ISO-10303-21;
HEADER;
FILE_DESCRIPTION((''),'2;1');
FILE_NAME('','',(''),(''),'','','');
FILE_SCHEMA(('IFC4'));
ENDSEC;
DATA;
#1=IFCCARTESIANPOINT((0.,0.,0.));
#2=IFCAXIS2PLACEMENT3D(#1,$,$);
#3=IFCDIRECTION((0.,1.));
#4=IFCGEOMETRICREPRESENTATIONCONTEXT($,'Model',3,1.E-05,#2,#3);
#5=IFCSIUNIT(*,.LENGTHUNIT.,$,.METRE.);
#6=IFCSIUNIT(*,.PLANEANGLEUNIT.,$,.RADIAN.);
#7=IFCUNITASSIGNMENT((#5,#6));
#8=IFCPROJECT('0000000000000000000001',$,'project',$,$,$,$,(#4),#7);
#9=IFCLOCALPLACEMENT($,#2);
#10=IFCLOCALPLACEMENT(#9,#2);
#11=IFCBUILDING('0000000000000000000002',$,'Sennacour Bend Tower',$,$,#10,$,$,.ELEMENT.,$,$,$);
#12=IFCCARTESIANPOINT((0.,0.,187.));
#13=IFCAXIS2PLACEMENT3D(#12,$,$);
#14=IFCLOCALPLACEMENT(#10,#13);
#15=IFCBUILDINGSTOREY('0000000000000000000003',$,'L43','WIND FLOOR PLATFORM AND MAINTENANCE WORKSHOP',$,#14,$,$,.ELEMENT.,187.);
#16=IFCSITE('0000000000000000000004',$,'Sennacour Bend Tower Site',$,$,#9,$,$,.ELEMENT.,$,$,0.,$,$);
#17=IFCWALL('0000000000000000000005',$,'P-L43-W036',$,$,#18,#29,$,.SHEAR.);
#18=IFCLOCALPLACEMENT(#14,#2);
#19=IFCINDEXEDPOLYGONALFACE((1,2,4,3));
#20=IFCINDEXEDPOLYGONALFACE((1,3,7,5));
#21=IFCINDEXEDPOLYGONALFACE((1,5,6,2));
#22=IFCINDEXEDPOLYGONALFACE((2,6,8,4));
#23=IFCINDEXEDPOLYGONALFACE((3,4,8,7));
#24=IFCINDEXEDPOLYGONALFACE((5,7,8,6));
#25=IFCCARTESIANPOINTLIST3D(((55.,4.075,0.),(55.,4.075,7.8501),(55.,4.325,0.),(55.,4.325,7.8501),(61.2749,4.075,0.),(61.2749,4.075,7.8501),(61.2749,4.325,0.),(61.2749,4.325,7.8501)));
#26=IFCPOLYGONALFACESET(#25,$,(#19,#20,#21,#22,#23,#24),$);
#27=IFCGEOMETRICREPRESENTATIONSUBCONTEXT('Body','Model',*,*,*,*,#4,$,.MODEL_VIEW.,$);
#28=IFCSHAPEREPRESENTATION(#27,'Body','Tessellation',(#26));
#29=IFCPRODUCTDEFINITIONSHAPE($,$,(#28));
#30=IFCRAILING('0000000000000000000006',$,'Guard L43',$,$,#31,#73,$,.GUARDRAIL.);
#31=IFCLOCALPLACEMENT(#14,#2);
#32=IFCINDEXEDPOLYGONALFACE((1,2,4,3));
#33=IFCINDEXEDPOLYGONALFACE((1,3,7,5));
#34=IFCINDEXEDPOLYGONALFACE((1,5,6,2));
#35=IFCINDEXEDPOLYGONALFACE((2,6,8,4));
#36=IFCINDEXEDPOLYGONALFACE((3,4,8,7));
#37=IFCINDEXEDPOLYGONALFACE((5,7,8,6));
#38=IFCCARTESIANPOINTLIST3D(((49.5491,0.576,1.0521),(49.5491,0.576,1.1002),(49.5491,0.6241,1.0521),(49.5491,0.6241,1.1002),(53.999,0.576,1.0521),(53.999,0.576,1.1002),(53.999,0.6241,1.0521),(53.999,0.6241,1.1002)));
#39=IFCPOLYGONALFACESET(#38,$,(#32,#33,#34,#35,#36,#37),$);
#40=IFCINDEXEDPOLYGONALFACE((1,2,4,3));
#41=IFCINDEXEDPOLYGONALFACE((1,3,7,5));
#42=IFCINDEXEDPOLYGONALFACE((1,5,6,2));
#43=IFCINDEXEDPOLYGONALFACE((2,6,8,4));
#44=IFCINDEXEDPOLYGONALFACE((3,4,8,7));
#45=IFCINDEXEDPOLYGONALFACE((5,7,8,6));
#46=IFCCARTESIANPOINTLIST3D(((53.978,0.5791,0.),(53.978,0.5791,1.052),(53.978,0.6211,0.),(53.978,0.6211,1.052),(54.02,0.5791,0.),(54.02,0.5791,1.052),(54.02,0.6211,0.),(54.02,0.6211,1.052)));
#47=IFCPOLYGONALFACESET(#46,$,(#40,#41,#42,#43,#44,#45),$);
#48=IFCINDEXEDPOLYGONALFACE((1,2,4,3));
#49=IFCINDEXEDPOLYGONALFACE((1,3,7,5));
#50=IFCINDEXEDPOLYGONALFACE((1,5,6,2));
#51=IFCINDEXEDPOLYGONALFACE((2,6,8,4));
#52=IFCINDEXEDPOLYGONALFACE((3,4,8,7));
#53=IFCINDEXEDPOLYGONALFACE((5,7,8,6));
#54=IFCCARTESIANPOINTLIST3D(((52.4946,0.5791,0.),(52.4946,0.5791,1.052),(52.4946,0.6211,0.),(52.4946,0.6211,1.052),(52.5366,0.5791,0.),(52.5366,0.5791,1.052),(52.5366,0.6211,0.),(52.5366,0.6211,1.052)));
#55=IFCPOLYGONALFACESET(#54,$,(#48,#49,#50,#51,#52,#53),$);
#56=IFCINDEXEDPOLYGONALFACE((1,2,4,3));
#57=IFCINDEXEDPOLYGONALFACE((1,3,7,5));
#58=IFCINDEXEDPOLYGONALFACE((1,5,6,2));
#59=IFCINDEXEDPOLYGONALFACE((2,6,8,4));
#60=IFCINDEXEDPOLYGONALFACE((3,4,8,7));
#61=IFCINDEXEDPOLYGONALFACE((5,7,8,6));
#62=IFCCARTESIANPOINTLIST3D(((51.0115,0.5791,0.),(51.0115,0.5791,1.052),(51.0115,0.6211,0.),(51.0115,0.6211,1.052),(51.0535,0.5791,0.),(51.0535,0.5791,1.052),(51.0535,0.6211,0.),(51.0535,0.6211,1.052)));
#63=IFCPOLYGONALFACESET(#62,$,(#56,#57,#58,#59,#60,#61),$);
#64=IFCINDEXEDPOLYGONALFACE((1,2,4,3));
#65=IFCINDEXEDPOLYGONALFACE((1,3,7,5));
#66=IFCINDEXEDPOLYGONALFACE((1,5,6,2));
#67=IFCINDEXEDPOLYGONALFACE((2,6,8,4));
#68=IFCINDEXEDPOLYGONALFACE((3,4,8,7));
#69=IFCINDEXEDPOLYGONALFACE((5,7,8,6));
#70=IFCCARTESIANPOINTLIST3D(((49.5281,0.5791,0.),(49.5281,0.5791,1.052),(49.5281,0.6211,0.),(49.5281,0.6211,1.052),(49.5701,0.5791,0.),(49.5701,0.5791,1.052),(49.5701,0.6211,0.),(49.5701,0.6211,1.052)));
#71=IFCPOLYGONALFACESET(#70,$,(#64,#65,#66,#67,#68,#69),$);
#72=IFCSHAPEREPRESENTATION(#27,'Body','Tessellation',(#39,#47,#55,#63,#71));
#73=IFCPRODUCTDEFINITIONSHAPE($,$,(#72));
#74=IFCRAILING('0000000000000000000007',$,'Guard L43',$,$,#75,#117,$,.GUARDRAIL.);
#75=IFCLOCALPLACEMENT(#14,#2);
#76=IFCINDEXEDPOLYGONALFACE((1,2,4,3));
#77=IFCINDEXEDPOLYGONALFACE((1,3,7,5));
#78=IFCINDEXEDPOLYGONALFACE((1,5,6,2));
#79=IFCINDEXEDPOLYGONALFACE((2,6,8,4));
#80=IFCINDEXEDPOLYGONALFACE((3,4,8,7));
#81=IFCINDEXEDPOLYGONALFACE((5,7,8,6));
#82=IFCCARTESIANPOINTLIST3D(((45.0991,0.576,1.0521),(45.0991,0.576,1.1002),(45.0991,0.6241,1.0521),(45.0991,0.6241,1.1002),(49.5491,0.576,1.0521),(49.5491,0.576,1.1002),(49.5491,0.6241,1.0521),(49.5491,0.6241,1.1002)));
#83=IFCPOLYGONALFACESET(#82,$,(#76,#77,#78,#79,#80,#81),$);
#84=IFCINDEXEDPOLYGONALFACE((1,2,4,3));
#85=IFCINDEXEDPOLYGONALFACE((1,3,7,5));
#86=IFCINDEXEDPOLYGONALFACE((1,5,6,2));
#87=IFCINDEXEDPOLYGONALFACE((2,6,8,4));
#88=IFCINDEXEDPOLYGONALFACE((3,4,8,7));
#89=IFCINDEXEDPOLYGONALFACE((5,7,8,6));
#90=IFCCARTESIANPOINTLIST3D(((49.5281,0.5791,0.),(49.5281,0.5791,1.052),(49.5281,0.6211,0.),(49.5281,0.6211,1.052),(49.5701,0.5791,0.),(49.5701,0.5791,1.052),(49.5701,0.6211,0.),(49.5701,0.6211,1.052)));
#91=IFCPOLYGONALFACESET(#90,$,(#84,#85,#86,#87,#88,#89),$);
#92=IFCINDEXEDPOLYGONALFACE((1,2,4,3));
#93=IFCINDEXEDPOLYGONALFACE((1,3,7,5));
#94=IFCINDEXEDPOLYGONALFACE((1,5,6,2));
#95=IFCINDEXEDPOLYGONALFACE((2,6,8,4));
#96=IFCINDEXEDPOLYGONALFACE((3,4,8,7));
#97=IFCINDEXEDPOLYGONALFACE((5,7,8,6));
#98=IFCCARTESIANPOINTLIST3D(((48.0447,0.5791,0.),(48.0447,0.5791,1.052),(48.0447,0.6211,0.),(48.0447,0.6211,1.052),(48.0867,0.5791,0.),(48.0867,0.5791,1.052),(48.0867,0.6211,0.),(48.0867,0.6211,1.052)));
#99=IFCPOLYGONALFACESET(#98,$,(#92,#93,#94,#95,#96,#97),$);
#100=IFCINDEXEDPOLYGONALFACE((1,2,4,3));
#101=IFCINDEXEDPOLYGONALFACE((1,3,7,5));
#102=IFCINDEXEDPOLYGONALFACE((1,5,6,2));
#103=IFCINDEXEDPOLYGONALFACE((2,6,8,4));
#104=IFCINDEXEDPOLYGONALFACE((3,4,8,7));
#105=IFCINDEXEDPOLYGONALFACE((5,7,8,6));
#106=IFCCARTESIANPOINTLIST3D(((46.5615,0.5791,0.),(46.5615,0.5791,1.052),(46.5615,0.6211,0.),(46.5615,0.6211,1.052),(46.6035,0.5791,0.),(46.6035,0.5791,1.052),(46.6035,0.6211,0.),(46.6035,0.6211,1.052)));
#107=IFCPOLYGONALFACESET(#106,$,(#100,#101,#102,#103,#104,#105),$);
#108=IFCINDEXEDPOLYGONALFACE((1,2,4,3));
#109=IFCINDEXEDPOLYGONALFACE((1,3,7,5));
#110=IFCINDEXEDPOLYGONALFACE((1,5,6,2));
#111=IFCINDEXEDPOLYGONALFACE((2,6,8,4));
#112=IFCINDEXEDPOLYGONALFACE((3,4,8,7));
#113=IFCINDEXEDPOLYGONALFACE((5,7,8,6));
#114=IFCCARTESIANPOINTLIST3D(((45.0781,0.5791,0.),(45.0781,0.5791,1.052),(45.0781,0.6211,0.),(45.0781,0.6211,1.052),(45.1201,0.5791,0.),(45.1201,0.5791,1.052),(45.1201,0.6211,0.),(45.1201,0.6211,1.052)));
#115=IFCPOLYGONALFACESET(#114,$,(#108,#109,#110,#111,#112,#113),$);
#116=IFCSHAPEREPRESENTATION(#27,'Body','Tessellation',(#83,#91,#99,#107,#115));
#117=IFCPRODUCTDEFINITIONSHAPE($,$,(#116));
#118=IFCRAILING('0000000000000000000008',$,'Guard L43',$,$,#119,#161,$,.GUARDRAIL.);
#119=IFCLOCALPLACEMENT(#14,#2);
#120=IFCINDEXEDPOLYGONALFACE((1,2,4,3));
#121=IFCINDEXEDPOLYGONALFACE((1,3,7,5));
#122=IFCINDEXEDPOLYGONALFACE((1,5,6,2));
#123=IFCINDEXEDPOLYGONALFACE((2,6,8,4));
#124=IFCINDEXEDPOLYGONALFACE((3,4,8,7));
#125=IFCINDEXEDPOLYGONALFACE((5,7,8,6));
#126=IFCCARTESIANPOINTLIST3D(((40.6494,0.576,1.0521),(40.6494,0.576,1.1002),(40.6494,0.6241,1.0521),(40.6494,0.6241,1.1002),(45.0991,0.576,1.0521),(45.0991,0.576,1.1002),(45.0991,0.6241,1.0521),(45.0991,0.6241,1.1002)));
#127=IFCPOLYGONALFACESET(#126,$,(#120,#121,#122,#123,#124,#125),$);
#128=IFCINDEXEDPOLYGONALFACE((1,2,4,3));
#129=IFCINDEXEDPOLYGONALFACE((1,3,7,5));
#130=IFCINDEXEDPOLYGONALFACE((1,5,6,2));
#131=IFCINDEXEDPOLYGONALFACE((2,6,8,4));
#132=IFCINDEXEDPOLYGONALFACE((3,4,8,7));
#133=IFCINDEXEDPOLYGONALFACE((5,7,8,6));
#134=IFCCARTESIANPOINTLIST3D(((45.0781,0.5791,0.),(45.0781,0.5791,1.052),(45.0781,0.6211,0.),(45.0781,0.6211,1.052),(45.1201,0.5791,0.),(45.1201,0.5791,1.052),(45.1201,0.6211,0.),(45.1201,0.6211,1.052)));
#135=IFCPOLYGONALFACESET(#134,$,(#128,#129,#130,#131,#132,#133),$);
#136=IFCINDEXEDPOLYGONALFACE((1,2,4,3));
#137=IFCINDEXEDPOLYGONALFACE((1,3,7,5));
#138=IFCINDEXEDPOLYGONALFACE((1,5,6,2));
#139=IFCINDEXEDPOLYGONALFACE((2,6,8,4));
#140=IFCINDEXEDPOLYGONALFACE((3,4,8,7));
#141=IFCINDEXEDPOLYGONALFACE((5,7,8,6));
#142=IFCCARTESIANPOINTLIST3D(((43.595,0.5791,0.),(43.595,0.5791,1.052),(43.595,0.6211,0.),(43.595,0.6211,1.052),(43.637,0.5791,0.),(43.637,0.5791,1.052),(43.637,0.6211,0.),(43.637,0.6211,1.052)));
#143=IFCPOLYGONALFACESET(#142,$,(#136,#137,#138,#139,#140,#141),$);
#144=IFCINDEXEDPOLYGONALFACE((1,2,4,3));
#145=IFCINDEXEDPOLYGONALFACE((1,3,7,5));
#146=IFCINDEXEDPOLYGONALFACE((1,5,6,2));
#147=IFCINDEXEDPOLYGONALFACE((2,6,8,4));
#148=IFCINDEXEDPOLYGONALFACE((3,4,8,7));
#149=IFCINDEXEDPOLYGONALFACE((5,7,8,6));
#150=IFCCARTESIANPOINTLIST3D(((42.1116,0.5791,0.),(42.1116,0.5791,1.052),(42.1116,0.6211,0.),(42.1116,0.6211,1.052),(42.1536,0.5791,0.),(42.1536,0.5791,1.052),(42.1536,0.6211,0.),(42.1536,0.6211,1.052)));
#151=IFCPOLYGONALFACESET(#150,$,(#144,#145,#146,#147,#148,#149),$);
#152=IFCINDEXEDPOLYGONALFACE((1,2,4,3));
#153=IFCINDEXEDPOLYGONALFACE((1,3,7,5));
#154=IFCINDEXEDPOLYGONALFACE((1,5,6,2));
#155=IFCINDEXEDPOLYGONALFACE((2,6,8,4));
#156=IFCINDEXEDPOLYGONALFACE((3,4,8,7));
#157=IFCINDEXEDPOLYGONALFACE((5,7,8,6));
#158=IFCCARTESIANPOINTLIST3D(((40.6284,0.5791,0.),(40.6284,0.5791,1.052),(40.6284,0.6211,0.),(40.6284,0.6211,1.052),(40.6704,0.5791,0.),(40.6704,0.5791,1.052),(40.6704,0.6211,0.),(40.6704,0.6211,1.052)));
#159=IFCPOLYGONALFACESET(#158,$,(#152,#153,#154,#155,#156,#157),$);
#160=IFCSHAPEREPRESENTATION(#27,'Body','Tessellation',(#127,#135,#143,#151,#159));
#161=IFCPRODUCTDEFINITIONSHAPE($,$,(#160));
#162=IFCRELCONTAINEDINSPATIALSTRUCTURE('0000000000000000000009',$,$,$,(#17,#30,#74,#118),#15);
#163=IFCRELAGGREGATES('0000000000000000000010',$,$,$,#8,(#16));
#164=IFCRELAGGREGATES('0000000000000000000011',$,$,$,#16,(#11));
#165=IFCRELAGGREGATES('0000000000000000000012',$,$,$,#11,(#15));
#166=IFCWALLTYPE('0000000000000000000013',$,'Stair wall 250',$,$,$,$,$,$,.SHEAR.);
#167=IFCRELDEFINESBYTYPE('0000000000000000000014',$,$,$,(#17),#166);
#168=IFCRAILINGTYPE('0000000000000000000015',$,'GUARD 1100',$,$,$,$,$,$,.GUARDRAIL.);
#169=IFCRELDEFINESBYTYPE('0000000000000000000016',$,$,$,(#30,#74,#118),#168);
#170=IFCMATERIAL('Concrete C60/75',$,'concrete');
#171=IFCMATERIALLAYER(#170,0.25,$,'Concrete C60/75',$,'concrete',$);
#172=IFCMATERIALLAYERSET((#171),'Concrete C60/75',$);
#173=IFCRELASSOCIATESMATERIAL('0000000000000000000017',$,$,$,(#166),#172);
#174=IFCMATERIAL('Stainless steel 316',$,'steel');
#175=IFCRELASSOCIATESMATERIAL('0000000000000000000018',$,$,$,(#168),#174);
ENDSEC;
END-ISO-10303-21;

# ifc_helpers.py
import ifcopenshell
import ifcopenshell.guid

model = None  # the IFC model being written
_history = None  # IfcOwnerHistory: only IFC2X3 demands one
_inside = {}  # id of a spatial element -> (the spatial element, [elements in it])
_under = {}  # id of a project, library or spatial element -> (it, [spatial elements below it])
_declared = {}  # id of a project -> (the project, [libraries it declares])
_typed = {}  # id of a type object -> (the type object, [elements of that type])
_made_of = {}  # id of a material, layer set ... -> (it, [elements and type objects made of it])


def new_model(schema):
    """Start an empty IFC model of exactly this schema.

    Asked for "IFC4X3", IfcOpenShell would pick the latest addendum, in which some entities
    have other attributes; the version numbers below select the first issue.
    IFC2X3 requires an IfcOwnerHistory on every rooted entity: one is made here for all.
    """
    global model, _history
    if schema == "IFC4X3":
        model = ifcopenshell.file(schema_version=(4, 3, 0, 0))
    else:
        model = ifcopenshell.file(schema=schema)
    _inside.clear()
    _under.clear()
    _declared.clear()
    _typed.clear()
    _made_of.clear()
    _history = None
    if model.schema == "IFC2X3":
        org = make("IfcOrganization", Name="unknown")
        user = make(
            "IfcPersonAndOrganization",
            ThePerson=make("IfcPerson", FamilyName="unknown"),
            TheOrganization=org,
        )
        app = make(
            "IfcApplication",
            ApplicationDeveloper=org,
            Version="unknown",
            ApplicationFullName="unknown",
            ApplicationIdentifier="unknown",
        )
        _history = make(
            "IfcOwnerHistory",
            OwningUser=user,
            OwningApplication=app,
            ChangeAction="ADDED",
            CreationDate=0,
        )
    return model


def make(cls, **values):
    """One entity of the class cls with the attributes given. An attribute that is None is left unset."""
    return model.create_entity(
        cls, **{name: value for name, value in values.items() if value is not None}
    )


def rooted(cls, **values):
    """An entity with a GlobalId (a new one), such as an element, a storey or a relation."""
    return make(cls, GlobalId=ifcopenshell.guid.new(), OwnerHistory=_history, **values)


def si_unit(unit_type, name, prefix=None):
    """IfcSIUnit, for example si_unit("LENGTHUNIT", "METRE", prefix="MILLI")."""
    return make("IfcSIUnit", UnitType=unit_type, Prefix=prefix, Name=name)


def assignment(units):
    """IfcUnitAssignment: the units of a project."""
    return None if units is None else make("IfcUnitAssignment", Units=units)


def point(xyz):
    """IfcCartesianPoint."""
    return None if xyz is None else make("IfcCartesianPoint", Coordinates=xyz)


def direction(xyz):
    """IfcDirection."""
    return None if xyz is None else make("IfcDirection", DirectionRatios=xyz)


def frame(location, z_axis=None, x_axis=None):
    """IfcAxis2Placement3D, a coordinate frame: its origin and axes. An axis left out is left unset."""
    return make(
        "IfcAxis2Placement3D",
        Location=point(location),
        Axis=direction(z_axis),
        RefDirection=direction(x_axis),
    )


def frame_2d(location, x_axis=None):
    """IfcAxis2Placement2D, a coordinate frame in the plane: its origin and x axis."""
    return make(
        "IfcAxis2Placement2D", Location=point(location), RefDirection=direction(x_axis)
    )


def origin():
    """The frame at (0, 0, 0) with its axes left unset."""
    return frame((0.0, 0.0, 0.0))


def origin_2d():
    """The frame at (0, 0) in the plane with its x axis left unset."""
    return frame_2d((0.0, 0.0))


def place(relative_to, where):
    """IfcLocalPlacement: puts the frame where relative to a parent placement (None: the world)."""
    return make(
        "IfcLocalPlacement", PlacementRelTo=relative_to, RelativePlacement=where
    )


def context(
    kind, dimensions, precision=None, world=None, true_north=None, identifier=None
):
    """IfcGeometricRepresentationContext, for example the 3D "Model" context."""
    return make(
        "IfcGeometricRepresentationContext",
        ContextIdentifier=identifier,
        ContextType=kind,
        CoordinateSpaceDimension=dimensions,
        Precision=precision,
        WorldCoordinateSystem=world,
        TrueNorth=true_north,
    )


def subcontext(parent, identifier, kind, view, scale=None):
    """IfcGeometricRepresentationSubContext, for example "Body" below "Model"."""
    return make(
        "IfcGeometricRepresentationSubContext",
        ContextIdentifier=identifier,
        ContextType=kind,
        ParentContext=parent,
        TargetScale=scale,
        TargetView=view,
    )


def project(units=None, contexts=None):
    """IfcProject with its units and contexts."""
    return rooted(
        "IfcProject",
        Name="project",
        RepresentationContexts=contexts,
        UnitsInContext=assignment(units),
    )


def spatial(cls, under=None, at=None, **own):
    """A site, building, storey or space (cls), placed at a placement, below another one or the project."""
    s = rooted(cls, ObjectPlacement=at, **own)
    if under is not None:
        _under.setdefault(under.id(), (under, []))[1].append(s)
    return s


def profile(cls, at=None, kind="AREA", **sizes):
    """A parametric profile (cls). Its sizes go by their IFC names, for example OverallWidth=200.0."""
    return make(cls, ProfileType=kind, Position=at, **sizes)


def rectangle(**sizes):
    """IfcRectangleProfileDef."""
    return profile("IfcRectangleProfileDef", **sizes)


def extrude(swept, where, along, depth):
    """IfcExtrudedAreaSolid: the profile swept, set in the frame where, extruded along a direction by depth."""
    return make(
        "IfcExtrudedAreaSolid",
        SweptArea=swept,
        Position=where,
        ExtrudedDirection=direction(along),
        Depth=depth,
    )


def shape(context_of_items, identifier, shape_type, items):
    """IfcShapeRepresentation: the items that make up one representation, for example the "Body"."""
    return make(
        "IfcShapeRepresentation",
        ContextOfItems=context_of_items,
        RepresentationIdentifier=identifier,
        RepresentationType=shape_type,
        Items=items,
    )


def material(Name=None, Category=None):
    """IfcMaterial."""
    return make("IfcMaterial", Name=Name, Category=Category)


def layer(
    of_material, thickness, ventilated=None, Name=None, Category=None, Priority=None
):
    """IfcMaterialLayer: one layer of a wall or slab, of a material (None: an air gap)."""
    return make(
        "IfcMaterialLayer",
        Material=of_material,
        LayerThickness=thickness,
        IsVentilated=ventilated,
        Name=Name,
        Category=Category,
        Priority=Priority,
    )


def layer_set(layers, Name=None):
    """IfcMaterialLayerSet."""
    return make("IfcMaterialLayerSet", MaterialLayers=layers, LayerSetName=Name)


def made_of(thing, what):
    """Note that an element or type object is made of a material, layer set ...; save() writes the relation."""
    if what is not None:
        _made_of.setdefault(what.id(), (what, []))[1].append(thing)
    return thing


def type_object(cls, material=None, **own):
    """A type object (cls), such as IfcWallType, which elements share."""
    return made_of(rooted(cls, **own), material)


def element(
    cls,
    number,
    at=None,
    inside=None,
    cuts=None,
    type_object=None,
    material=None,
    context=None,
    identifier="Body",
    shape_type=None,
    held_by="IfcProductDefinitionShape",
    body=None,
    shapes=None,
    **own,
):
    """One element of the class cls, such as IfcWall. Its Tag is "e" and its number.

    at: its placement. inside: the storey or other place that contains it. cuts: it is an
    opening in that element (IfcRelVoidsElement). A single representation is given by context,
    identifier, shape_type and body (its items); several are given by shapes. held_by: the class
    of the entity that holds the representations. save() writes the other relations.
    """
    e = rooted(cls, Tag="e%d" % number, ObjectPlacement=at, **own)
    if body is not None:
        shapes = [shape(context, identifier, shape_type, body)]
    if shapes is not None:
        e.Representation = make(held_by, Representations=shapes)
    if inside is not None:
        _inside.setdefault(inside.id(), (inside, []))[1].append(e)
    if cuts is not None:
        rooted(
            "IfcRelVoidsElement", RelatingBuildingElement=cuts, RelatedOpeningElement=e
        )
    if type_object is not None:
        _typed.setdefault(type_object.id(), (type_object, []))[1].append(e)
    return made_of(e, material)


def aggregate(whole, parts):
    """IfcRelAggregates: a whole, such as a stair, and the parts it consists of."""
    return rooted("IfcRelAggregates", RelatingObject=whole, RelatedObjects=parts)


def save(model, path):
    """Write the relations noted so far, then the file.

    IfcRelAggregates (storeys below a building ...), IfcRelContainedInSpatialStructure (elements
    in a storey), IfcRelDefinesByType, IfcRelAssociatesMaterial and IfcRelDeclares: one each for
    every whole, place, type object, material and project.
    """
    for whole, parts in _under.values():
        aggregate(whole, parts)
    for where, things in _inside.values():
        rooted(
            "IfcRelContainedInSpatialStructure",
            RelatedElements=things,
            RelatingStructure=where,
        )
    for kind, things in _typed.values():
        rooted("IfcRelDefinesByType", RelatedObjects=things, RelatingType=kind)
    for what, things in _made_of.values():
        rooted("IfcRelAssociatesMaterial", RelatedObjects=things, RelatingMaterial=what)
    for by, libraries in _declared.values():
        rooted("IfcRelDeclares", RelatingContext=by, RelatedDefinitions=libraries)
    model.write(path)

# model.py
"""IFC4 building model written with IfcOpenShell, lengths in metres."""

from ifc_helpers import new_model, si_unit, direction, frame, frame_2d, origin, origin_2d, place, context, subcontext, project, spatial, rectangle, extrude, material, layer, layer_set, type_object, element, save


model = new_model("IFC4")

# Units and contexts
model_context = context("Model", 3, precision=1e-05, world=origin(), true_north=direction((0.0, 1.0)))
body_context = subcontext(model_context, "Body", "Model", "MODEL_VIEW")
ifc_project = project(units=[si_unit("LENGTHUNIT", "METRE"), si_unit("PLANEANGLEUNIT", "RADIAN")], contexts=[model_context])

# Site, building, storey
site_placement = place(None, origin())
site = spatial("IfcSite", under=ifc_project, at=site_placement, Name="Sennacour Bend Tower Site", CompositionType="ELEMENT", RefElevation=0.0)
building_placement = place(site_placement, origin())
building = spatial("IfcBuilding", under=site, at=building_placement, Name="Sennacour Bend Tower", CompositionType="ELEMENT")
storey_placement = place(building_placement, frame((0.0, 0.0, 187.0)))
storey = spatial("IfcBuildingStorey", under=building, at=storey_placement, Name="L43", Description="WIND FLOOR PLATFORM AND MAINTENANCE WORKSHOP", CompositionType="ELEMENT", Elevation=187.0)

# Shared definitions
ifc_material_1 = material(Name="Concrete C60/75", Category="concrete")

# Wall
ifc_layer_1 = layer(ifc_material_1, 0.25, Name="Concrete C60/75", Category="concrete")
ifc_layer_set_1 = layer_set([ifc_layer_1], Name="Concrete C60/75")
wall_type_1 = type_object("IfcWallType", Name="Stair wall 250", PredefinedType="SHEAR", material=ifc_layer_set_1)
wall_1_placement = place(storey_placement, frame((55.0, 4.2, 0.0), z_axis=(0.0, 0.0, 1.0), x_axis=(1.0, 0.0, 0.0)))
element("IfcWall", 1, at=wall_1_placement, inside=storey, type_object=wall_type_1, Name="P-L43-W036", PredefinedType="SHEAR", context=body_context, shape_type="SweptSolid", body=[
    extrude(rectangle(XDim=6.2749, YDim=0.25, at=frame_2d((3.1375, 0.0))), origin(), (0.0, 0.0, 1.0), 7.8501),
])

# Railings
ifc_material_2 = material(Name="Stainless steel 316", Category="steel")
railing_type = type_object("IfcRailingType", Name="GUARD 1100", PredefinedType="GUARDRAIL", material=ifc_material_2)
for number, where, name in (
    (2, (53.999, 0.6001, 0.0), "Guard L43"),
    (3, (49.5491, 0.6001, 0.0), "Guard L43"),
):
    element("IfcRailing", number, at=place(storey_placement, frame(where)), inside=storey, type_object=railing_type, Name=name, PredefinedType="GUARDRAIL", context=body_context, shape_type="SweptSolid", body=[
        extrude(rectangle(XDim=0.0481, YDim=0.0481, at=origin_2d()), frame((0.0, 0.0, 1.0762), z_axis=(-1.0, 0.0, 0.0), x_axis=(0.0, -1.0, 0.0)), (0.0, 0.0, 1.0), 4.45),
        extrude(rectangle(XDim=0.042, YDim=0.042, at=origin_2d()), origin(), (0.0, 0.0, 1.0), 1.052),
        extrude(rectangle(XDim=0.042, YDim=0.042, at=origin_2d()), frame((-1.4834, 0.0, 0.0)), (0.0, 0.0, 1.0), 1.052),
        extrude(rectangle(XDim=0.042, YDim=0.042, at=origin_2d()), frame((-2.9666, 0.0, 0.0)), (0.0, 0.0, 1.0), 1.052),
        extrude(rectangle(XDim=0.042, YDim=0.042, at=origin_2d()), frame((-4.45, 0.0, 0.0)), (0.0, 0.0, 1.0), 1.052),
    ])
railing_placement = place(storey_placement, frame((45.0991, 0.6001, 0.0)))
element("IfcRailing", 4, at=railing_placement, inside=storey, type_object=railing_type, Name="Guard L43", PredefinedType="GUARDRAIL", context=body_context, shape_type="SweptSolid", body=[
    extrude(rectangle(XDim=0.0481, YDim=0.0481, at=origin_2d()), frame((0.0, 0.0, 1.0762), z_axis=(-1.0, 0.0, 0.0), x_axis=(0.0, -1.0, 0.0)), (0.0, 0.0, 1.0), 4.4497),
    extrude(rectangle(XDim=0.042, YDim=0.042, at=origin_2d()), origin(), (0.0, 0.0, 1.0), 1.052),
    extrude(rectangle(XDim=0.042, YDim=0.042, at=origin_2d()), frame((-1.4832, 0.0, 0.0)), (0.0, 0.0, 1.0), 1.052),
    extrude(rectangle(XDim=0.042, YDim=0.042, at=origin_2d()), frame((-2.9666, 0.0, 0.0)), (0.0, 0.0, 1.0), 1.052),
    extrude(rectangle(XDim=0.042, YDim=0.042, at=origin_2d()), frame((-4.4497, 0.0, 0.0)), (0.0, 0.0, 1.0), 1.052),
])

save(model, "model.ifc")
